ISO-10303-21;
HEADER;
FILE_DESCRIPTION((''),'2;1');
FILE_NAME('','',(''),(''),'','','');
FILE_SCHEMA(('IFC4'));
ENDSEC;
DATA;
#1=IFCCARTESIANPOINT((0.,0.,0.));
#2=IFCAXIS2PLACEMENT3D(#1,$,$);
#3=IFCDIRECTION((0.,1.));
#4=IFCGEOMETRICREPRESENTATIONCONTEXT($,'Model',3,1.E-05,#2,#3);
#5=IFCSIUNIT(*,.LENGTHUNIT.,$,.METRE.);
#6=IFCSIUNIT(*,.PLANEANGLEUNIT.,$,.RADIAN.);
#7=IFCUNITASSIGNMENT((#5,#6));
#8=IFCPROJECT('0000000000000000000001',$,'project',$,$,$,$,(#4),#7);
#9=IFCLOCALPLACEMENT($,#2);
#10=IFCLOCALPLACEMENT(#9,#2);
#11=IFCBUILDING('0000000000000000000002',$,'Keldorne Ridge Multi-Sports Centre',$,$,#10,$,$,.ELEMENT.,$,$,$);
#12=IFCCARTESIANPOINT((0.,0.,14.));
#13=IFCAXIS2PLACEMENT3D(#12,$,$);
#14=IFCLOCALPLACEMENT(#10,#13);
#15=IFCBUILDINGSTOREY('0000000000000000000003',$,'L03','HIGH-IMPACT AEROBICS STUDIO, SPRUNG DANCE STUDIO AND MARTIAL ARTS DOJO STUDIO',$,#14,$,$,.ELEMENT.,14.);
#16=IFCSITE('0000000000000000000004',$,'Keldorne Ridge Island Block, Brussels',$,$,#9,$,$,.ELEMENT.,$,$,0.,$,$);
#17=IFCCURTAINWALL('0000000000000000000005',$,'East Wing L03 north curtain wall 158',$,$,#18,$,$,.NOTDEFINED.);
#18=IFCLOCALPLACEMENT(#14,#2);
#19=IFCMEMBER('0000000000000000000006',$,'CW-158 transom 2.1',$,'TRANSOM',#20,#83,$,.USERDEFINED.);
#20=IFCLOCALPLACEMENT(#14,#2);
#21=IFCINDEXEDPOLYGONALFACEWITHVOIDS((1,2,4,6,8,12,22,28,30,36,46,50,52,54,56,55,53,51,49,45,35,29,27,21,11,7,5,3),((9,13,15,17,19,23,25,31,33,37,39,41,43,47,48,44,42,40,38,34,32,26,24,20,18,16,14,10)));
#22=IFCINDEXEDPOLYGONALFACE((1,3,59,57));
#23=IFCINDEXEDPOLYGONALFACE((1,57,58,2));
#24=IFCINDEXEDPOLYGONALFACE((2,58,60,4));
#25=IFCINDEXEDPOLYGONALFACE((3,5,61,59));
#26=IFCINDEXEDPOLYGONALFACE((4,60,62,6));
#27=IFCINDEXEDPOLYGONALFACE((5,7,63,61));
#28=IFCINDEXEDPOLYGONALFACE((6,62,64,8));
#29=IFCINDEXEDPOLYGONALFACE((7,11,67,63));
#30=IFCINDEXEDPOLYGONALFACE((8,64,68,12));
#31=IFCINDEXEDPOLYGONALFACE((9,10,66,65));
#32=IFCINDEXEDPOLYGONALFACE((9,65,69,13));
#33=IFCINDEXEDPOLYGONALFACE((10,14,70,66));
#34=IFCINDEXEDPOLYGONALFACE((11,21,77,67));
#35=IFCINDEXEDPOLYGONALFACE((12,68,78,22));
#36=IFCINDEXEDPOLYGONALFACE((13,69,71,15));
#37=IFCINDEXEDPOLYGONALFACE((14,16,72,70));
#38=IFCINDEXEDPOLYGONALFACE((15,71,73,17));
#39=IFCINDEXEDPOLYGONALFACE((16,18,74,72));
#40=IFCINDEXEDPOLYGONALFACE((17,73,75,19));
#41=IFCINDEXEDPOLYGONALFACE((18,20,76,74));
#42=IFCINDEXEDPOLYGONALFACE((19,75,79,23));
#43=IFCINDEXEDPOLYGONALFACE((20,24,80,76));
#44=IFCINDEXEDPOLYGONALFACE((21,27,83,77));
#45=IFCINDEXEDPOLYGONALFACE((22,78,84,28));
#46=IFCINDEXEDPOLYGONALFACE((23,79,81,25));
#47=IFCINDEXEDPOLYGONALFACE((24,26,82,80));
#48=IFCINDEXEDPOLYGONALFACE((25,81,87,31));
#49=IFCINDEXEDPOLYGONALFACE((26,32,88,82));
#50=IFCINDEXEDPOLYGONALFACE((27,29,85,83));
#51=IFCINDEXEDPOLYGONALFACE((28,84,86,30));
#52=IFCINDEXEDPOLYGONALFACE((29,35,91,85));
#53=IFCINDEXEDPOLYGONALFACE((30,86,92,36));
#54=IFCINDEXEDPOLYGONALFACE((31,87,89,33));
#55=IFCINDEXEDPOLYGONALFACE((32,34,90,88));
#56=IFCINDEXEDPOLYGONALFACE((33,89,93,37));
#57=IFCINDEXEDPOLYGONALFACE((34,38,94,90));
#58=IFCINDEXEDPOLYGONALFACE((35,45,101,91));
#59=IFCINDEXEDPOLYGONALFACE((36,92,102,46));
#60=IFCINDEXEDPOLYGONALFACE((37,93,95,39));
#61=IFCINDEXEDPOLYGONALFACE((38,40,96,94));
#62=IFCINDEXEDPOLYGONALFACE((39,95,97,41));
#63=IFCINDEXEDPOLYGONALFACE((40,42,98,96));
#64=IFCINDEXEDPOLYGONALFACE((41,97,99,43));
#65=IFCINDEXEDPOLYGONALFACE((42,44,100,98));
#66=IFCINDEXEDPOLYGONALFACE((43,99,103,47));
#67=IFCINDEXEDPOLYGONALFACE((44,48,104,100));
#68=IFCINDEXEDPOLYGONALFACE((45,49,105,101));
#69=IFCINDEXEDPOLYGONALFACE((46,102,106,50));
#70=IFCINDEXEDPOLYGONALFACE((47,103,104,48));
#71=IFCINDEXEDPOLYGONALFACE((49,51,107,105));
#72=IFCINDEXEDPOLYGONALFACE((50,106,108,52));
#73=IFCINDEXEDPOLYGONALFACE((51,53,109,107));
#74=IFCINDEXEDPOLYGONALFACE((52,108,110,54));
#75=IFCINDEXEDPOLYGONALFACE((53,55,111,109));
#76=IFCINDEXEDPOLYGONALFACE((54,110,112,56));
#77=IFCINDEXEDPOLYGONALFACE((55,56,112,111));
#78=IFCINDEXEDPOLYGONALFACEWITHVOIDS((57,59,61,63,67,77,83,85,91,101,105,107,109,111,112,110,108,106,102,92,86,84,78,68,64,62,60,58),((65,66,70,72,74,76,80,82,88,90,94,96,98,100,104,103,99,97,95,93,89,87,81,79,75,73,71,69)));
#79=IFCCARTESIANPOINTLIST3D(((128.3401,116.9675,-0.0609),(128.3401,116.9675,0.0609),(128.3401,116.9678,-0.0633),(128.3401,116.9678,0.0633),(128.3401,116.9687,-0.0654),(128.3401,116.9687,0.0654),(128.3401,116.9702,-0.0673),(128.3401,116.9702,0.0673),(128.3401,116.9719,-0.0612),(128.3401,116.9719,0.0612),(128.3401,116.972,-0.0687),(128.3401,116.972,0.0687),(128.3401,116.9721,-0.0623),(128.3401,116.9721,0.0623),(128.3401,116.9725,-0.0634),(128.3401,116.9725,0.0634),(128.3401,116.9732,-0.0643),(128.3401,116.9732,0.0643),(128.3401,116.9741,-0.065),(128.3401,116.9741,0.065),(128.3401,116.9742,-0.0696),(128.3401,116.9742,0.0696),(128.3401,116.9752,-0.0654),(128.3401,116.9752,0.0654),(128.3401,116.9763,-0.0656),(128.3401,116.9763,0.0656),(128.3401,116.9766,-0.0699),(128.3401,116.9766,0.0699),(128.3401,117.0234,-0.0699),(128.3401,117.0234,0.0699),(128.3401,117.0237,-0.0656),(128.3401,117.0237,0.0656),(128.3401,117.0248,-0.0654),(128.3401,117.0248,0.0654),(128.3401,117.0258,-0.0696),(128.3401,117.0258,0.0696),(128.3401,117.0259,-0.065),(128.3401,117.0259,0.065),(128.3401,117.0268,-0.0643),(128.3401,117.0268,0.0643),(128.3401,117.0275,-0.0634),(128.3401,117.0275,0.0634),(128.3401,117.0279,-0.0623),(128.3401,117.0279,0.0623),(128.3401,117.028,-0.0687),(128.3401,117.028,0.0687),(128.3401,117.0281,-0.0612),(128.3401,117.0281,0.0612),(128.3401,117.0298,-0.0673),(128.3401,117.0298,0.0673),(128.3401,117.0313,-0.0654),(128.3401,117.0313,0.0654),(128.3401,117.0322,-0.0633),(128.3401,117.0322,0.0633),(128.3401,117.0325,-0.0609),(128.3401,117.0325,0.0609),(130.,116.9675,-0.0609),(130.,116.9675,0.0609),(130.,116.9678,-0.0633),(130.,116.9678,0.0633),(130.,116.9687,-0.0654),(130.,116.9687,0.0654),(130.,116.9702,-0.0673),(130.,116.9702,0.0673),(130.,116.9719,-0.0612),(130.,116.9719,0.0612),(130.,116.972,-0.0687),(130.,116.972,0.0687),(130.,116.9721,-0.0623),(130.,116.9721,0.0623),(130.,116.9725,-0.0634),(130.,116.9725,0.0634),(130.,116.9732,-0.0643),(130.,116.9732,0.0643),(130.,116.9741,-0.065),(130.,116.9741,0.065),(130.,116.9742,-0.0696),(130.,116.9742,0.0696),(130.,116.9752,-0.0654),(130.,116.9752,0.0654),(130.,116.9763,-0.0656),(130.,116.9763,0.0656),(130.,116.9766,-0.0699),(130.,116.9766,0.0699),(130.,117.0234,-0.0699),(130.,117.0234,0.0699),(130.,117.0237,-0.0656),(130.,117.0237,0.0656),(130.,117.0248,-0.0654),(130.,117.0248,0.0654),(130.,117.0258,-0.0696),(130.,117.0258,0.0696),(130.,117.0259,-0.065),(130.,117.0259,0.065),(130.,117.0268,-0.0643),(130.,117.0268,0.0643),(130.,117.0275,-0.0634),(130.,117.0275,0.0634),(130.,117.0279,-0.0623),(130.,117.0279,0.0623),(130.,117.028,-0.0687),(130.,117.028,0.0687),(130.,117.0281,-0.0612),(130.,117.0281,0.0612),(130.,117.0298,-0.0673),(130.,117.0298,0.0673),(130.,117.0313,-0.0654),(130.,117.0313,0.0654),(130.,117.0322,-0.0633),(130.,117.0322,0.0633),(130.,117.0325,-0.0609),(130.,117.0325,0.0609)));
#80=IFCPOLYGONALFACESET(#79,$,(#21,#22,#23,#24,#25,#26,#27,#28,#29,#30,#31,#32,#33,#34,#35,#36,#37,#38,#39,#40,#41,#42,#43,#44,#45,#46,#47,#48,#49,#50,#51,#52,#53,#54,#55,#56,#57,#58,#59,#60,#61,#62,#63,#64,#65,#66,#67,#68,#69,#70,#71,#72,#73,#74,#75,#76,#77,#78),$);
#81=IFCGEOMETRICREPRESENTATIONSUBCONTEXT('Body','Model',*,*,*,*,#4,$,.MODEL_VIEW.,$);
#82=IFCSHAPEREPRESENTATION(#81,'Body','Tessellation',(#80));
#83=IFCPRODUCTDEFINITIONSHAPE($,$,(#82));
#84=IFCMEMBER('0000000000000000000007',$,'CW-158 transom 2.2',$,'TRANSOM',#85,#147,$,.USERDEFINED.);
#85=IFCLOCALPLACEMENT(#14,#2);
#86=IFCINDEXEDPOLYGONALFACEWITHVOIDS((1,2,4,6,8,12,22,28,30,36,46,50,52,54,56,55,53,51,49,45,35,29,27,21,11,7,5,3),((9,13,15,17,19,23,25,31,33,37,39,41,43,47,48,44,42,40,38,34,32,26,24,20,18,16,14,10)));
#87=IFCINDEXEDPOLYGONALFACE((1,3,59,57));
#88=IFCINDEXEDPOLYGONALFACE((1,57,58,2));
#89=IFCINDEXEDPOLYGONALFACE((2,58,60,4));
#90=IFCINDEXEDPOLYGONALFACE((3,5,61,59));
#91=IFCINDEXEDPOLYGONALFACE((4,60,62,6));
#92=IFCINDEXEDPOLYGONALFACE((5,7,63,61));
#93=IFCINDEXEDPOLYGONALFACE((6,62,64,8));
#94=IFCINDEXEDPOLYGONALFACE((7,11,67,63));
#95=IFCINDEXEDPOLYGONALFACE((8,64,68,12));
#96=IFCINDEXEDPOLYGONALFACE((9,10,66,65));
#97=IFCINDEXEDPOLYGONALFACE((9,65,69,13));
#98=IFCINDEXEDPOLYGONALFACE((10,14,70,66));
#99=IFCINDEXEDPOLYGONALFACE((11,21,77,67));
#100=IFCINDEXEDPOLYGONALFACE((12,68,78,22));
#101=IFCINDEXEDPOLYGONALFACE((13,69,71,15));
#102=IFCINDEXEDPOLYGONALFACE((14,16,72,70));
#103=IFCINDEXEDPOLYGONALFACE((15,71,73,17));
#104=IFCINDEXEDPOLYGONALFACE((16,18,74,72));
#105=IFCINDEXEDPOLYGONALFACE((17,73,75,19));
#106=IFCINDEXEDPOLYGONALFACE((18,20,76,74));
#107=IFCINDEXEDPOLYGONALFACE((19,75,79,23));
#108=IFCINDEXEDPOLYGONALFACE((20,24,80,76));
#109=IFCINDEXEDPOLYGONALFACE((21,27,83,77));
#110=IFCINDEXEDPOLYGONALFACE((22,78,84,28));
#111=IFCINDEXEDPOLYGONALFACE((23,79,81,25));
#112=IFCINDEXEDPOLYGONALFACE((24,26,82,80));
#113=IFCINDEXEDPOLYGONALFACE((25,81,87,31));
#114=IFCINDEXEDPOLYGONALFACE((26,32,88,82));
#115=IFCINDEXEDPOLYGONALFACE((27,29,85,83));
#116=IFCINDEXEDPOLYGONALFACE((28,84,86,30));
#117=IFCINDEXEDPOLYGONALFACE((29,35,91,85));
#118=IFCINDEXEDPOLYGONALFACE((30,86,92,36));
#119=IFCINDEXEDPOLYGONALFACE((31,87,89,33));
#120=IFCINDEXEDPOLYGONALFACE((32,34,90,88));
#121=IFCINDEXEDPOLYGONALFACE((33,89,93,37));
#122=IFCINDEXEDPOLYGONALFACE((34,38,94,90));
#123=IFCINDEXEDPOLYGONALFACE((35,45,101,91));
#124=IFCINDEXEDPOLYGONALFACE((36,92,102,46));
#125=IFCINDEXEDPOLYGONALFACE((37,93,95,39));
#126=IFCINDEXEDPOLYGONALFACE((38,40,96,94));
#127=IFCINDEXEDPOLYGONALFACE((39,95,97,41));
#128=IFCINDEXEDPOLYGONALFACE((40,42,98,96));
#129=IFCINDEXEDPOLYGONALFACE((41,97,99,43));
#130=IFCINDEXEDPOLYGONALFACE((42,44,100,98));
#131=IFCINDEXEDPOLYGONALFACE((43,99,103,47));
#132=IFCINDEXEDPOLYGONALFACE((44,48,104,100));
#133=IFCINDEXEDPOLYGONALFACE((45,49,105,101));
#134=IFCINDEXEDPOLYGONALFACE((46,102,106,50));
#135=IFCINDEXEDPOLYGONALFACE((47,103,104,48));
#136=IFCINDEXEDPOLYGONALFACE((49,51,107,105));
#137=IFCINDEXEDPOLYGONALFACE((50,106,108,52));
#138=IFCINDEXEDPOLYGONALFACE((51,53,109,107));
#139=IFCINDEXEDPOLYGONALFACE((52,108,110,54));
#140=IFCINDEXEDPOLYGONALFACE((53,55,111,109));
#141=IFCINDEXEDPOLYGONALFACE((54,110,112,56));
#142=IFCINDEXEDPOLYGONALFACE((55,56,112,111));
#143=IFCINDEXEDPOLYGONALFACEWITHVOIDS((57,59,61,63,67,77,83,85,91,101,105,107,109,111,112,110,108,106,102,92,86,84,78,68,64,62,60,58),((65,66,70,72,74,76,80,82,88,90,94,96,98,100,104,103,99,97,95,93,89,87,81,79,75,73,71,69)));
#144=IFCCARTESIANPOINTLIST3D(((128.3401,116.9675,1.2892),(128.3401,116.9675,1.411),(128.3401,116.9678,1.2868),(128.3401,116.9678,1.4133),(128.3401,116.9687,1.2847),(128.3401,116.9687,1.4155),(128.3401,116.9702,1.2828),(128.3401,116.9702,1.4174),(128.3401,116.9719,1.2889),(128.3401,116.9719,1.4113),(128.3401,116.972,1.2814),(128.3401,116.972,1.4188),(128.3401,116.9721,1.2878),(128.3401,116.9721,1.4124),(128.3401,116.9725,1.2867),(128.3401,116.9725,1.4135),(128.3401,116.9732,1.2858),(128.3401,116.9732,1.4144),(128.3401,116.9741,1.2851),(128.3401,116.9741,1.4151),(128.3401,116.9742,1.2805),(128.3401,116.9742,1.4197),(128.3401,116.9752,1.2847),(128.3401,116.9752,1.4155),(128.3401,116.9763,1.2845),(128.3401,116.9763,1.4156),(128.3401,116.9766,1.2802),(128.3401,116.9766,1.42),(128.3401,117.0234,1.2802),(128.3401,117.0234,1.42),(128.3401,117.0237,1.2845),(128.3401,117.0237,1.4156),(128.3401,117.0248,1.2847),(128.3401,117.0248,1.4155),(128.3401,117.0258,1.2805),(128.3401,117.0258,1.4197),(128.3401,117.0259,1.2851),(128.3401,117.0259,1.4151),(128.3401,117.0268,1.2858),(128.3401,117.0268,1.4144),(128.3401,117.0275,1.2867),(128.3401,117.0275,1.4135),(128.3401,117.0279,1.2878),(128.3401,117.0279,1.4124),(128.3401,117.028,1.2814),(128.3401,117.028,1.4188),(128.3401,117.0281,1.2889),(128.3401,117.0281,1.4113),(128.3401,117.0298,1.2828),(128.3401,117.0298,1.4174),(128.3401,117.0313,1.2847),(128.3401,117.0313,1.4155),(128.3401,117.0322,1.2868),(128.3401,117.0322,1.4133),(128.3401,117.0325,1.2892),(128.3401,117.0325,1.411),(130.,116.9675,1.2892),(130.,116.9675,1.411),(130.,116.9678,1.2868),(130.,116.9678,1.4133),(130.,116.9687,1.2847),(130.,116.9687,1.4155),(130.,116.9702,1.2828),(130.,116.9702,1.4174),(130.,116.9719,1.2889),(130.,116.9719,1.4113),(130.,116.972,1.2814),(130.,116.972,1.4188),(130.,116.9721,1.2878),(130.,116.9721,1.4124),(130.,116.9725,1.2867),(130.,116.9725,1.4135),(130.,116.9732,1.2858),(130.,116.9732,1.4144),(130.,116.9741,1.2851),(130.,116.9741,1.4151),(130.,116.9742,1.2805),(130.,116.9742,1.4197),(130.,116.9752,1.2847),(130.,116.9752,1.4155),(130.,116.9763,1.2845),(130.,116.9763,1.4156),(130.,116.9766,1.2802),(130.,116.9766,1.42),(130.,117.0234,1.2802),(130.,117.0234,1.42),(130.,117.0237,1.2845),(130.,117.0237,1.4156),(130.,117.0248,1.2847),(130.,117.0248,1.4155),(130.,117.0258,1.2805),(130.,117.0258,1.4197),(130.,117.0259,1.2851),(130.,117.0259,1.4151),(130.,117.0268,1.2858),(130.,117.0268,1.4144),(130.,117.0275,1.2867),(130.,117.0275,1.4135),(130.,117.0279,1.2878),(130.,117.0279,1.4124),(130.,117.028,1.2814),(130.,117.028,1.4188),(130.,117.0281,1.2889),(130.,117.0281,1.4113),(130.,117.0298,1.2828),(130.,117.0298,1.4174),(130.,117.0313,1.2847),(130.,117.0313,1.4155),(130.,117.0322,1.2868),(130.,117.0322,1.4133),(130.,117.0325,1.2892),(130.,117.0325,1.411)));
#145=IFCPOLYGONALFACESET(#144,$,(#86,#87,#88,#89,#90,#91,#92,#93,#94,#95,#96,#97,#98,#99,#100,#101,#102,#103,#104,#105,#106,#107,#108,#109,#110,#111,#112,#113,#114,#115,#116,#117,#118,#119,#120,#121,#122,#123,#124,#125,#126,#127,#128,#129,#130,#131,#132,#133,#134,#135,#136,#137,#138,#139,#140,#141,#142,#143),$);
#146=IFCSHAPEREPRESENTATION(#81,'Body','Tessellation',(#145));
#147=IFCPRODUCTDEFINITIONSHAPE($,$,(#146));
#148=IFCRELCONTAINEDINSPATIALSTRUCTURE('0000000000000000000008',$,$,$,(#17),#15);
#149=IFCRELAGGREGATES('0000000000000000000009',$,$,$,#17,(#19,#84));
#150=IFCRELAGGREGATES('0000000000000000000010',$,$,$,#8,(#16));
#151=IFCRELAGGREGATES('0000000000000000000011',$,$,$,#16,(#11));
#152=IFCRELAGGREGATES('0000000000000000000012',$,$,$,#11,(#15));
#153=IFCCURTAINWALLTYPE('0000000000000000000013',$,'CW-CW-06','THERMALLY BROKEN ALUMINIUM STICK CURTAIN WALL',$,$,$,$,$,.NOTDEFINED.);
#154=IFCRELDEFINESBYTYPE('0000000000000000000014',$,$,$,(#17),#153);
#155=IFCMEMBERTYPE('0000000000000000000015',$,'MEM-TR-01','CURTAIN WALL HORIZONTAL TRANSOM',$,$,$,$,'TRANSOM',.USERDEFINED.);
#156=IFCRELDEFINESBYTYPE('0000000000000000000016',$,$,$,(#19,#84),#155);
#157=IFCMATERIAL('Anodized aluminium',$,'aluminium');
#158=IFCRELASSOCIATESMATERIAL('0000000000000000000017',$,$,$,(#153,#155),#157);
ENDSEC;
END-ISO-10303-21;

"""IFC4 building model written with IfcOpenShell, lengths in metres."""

from ifc_helpers import new_model, si_unit, direction, frame, origin, origin_2d, place, context, subcontext, project, spatial, hollow_rectangle, extrude, material, material_profile, profile_set, type_object, element, aggregate, save


model = new_model("IFC4")

# Units and contexts
model_context = context("Model", 3, precision=1e-05, world=origin(), true_north=direction((0.0, 1.0)))
body_context = subcontext(model_context, "Body", "Model", "MODEL_VIEW")
ifc_project = project(units=[si_unit("LENGTHUNIT", "METRE"), si_unit("PLANEANGLEUNIT", "RADIAN")], contexts=[model_context])

# Site, building, storey
site_placement = place(None, origin())
site = spatial("IfcSite", under=ifc_project, at=site_placement, Name="Keldorne Ridge Island Block, Brussels", CompositionType="ELEMENT", RefElevation=0.0)
building_placement = place(site_placement, origin())
building = spatial("IfcBuilding", under=site, at=building_placement, Name="Keldorne Ridge Multi-Sports Centre", CompositionType="ELEMENT")
storey_placement = place(building_placement, frame((0.0, 0.0, 14.0)))
storey = spatial("IfcBuildingStorey", under=building, at=storey_placement, Name="L03", Description="HIGH-IMPACT AEROBICS STUDIO, SPRUNG DANCE STUDIO AND MARTIAL ARTS DOJO STUDIO", CompositionType="ELEMENT", Elevation=14.0)

# Curtain wall, members
ifc_material_1 = material(Name="Anodized aluminium", Category="aluminium")
curtain_wall_type = type_object("IfcCurtainWallType", Name="CW-CW-06", Description="THERMALLY BROKEN ALUMINIUM STICK CURTAIN WALL", PredefinedType="NOTDEFINED", material=ifc_material_1)
curtain_wall_placement = place(storey_placement, origin())
curtain_wall = element("IfcCurtainWall", 1, at=curtain_wall_placement, inside=storey, type_object=curtain_wall_type, Name="East Wing L03 north curtain wall 158", PredefinedType="NOTDEFINED")
ifc_material_profile_1 = material_profile(ifc_material_1, hollow_rectangle(XDim=0.0649, YDim=0.1399, WallThickness=0.0044, InnerFilletRadius=0.0044, OuterFilletRadius=0.009, at=origin_2d()), Name="ALU TRANSOM 140x65x4.5")
ifc_profile_set_1 = profile_set([ifc_material_profile_1], Name="Anodized aluminium")
member_type_1 = type_object("IfcMemberType", Name="MEM-TR-01", Description="CURTAIN WALL HORIZONTAL TRANSOM", ElementType="TRANSOM", PredefinedType="USERDEFINED", material=ifc_profile_set_1)
member_1_placement = place(storey_placement, frame((130.0, 117.0, 0.0), z_axis=(-1.0, 0.0, 0.0), x_axis=(0.0, -1.0, 0.0)))
member_1 = element("IfcMember", 2, at=member_1_placement, type_object=member_type_1, Name="CW-158 transom 2.1", ObjectType="TRANSOM", PredefinedType="USERDEFINED", context=body_context, shape_type="SweptSolid", body=[
    extrude(hollow_rectangle(XDim=0.0649, YDim=0.1399, WallThickness=0.0044, InnerFilletRadius=0.0044, OuterFilletRadius=0.009, at=origin_2d()), origin(), (0.0, 0.0, 1.0), 1.6599),
])
member_2_placement = place(storey_placement, frame((130.0, 117.0, 1.3501), z_axis=(-1.0, 0.0, 0.0), x_axis=(0.0, -1.0, 0.0)))
member_2 = element("IfcMember", 3, at=member_2_placement, type_object=member_type_1, Name="CW-158 transom 2.2", ObjectType="TRANSOM", PredefinedType="USERDEFINED", context=body_context, shape_type="SweptSolid", body=[
    extrude(hollow_rectangle(XDim=0.0649, YDim=0.1399, WallThickness=0.0044, InnerFilletRadius=0.0044, OuterFilletRadius=0.009, at=origin_2d()), origin(), (0.0, 0.0, 1.0), 1.6599),
])
aggregate(curtain_wall, [member_1, member_2])

save(model, "model.ifc")
